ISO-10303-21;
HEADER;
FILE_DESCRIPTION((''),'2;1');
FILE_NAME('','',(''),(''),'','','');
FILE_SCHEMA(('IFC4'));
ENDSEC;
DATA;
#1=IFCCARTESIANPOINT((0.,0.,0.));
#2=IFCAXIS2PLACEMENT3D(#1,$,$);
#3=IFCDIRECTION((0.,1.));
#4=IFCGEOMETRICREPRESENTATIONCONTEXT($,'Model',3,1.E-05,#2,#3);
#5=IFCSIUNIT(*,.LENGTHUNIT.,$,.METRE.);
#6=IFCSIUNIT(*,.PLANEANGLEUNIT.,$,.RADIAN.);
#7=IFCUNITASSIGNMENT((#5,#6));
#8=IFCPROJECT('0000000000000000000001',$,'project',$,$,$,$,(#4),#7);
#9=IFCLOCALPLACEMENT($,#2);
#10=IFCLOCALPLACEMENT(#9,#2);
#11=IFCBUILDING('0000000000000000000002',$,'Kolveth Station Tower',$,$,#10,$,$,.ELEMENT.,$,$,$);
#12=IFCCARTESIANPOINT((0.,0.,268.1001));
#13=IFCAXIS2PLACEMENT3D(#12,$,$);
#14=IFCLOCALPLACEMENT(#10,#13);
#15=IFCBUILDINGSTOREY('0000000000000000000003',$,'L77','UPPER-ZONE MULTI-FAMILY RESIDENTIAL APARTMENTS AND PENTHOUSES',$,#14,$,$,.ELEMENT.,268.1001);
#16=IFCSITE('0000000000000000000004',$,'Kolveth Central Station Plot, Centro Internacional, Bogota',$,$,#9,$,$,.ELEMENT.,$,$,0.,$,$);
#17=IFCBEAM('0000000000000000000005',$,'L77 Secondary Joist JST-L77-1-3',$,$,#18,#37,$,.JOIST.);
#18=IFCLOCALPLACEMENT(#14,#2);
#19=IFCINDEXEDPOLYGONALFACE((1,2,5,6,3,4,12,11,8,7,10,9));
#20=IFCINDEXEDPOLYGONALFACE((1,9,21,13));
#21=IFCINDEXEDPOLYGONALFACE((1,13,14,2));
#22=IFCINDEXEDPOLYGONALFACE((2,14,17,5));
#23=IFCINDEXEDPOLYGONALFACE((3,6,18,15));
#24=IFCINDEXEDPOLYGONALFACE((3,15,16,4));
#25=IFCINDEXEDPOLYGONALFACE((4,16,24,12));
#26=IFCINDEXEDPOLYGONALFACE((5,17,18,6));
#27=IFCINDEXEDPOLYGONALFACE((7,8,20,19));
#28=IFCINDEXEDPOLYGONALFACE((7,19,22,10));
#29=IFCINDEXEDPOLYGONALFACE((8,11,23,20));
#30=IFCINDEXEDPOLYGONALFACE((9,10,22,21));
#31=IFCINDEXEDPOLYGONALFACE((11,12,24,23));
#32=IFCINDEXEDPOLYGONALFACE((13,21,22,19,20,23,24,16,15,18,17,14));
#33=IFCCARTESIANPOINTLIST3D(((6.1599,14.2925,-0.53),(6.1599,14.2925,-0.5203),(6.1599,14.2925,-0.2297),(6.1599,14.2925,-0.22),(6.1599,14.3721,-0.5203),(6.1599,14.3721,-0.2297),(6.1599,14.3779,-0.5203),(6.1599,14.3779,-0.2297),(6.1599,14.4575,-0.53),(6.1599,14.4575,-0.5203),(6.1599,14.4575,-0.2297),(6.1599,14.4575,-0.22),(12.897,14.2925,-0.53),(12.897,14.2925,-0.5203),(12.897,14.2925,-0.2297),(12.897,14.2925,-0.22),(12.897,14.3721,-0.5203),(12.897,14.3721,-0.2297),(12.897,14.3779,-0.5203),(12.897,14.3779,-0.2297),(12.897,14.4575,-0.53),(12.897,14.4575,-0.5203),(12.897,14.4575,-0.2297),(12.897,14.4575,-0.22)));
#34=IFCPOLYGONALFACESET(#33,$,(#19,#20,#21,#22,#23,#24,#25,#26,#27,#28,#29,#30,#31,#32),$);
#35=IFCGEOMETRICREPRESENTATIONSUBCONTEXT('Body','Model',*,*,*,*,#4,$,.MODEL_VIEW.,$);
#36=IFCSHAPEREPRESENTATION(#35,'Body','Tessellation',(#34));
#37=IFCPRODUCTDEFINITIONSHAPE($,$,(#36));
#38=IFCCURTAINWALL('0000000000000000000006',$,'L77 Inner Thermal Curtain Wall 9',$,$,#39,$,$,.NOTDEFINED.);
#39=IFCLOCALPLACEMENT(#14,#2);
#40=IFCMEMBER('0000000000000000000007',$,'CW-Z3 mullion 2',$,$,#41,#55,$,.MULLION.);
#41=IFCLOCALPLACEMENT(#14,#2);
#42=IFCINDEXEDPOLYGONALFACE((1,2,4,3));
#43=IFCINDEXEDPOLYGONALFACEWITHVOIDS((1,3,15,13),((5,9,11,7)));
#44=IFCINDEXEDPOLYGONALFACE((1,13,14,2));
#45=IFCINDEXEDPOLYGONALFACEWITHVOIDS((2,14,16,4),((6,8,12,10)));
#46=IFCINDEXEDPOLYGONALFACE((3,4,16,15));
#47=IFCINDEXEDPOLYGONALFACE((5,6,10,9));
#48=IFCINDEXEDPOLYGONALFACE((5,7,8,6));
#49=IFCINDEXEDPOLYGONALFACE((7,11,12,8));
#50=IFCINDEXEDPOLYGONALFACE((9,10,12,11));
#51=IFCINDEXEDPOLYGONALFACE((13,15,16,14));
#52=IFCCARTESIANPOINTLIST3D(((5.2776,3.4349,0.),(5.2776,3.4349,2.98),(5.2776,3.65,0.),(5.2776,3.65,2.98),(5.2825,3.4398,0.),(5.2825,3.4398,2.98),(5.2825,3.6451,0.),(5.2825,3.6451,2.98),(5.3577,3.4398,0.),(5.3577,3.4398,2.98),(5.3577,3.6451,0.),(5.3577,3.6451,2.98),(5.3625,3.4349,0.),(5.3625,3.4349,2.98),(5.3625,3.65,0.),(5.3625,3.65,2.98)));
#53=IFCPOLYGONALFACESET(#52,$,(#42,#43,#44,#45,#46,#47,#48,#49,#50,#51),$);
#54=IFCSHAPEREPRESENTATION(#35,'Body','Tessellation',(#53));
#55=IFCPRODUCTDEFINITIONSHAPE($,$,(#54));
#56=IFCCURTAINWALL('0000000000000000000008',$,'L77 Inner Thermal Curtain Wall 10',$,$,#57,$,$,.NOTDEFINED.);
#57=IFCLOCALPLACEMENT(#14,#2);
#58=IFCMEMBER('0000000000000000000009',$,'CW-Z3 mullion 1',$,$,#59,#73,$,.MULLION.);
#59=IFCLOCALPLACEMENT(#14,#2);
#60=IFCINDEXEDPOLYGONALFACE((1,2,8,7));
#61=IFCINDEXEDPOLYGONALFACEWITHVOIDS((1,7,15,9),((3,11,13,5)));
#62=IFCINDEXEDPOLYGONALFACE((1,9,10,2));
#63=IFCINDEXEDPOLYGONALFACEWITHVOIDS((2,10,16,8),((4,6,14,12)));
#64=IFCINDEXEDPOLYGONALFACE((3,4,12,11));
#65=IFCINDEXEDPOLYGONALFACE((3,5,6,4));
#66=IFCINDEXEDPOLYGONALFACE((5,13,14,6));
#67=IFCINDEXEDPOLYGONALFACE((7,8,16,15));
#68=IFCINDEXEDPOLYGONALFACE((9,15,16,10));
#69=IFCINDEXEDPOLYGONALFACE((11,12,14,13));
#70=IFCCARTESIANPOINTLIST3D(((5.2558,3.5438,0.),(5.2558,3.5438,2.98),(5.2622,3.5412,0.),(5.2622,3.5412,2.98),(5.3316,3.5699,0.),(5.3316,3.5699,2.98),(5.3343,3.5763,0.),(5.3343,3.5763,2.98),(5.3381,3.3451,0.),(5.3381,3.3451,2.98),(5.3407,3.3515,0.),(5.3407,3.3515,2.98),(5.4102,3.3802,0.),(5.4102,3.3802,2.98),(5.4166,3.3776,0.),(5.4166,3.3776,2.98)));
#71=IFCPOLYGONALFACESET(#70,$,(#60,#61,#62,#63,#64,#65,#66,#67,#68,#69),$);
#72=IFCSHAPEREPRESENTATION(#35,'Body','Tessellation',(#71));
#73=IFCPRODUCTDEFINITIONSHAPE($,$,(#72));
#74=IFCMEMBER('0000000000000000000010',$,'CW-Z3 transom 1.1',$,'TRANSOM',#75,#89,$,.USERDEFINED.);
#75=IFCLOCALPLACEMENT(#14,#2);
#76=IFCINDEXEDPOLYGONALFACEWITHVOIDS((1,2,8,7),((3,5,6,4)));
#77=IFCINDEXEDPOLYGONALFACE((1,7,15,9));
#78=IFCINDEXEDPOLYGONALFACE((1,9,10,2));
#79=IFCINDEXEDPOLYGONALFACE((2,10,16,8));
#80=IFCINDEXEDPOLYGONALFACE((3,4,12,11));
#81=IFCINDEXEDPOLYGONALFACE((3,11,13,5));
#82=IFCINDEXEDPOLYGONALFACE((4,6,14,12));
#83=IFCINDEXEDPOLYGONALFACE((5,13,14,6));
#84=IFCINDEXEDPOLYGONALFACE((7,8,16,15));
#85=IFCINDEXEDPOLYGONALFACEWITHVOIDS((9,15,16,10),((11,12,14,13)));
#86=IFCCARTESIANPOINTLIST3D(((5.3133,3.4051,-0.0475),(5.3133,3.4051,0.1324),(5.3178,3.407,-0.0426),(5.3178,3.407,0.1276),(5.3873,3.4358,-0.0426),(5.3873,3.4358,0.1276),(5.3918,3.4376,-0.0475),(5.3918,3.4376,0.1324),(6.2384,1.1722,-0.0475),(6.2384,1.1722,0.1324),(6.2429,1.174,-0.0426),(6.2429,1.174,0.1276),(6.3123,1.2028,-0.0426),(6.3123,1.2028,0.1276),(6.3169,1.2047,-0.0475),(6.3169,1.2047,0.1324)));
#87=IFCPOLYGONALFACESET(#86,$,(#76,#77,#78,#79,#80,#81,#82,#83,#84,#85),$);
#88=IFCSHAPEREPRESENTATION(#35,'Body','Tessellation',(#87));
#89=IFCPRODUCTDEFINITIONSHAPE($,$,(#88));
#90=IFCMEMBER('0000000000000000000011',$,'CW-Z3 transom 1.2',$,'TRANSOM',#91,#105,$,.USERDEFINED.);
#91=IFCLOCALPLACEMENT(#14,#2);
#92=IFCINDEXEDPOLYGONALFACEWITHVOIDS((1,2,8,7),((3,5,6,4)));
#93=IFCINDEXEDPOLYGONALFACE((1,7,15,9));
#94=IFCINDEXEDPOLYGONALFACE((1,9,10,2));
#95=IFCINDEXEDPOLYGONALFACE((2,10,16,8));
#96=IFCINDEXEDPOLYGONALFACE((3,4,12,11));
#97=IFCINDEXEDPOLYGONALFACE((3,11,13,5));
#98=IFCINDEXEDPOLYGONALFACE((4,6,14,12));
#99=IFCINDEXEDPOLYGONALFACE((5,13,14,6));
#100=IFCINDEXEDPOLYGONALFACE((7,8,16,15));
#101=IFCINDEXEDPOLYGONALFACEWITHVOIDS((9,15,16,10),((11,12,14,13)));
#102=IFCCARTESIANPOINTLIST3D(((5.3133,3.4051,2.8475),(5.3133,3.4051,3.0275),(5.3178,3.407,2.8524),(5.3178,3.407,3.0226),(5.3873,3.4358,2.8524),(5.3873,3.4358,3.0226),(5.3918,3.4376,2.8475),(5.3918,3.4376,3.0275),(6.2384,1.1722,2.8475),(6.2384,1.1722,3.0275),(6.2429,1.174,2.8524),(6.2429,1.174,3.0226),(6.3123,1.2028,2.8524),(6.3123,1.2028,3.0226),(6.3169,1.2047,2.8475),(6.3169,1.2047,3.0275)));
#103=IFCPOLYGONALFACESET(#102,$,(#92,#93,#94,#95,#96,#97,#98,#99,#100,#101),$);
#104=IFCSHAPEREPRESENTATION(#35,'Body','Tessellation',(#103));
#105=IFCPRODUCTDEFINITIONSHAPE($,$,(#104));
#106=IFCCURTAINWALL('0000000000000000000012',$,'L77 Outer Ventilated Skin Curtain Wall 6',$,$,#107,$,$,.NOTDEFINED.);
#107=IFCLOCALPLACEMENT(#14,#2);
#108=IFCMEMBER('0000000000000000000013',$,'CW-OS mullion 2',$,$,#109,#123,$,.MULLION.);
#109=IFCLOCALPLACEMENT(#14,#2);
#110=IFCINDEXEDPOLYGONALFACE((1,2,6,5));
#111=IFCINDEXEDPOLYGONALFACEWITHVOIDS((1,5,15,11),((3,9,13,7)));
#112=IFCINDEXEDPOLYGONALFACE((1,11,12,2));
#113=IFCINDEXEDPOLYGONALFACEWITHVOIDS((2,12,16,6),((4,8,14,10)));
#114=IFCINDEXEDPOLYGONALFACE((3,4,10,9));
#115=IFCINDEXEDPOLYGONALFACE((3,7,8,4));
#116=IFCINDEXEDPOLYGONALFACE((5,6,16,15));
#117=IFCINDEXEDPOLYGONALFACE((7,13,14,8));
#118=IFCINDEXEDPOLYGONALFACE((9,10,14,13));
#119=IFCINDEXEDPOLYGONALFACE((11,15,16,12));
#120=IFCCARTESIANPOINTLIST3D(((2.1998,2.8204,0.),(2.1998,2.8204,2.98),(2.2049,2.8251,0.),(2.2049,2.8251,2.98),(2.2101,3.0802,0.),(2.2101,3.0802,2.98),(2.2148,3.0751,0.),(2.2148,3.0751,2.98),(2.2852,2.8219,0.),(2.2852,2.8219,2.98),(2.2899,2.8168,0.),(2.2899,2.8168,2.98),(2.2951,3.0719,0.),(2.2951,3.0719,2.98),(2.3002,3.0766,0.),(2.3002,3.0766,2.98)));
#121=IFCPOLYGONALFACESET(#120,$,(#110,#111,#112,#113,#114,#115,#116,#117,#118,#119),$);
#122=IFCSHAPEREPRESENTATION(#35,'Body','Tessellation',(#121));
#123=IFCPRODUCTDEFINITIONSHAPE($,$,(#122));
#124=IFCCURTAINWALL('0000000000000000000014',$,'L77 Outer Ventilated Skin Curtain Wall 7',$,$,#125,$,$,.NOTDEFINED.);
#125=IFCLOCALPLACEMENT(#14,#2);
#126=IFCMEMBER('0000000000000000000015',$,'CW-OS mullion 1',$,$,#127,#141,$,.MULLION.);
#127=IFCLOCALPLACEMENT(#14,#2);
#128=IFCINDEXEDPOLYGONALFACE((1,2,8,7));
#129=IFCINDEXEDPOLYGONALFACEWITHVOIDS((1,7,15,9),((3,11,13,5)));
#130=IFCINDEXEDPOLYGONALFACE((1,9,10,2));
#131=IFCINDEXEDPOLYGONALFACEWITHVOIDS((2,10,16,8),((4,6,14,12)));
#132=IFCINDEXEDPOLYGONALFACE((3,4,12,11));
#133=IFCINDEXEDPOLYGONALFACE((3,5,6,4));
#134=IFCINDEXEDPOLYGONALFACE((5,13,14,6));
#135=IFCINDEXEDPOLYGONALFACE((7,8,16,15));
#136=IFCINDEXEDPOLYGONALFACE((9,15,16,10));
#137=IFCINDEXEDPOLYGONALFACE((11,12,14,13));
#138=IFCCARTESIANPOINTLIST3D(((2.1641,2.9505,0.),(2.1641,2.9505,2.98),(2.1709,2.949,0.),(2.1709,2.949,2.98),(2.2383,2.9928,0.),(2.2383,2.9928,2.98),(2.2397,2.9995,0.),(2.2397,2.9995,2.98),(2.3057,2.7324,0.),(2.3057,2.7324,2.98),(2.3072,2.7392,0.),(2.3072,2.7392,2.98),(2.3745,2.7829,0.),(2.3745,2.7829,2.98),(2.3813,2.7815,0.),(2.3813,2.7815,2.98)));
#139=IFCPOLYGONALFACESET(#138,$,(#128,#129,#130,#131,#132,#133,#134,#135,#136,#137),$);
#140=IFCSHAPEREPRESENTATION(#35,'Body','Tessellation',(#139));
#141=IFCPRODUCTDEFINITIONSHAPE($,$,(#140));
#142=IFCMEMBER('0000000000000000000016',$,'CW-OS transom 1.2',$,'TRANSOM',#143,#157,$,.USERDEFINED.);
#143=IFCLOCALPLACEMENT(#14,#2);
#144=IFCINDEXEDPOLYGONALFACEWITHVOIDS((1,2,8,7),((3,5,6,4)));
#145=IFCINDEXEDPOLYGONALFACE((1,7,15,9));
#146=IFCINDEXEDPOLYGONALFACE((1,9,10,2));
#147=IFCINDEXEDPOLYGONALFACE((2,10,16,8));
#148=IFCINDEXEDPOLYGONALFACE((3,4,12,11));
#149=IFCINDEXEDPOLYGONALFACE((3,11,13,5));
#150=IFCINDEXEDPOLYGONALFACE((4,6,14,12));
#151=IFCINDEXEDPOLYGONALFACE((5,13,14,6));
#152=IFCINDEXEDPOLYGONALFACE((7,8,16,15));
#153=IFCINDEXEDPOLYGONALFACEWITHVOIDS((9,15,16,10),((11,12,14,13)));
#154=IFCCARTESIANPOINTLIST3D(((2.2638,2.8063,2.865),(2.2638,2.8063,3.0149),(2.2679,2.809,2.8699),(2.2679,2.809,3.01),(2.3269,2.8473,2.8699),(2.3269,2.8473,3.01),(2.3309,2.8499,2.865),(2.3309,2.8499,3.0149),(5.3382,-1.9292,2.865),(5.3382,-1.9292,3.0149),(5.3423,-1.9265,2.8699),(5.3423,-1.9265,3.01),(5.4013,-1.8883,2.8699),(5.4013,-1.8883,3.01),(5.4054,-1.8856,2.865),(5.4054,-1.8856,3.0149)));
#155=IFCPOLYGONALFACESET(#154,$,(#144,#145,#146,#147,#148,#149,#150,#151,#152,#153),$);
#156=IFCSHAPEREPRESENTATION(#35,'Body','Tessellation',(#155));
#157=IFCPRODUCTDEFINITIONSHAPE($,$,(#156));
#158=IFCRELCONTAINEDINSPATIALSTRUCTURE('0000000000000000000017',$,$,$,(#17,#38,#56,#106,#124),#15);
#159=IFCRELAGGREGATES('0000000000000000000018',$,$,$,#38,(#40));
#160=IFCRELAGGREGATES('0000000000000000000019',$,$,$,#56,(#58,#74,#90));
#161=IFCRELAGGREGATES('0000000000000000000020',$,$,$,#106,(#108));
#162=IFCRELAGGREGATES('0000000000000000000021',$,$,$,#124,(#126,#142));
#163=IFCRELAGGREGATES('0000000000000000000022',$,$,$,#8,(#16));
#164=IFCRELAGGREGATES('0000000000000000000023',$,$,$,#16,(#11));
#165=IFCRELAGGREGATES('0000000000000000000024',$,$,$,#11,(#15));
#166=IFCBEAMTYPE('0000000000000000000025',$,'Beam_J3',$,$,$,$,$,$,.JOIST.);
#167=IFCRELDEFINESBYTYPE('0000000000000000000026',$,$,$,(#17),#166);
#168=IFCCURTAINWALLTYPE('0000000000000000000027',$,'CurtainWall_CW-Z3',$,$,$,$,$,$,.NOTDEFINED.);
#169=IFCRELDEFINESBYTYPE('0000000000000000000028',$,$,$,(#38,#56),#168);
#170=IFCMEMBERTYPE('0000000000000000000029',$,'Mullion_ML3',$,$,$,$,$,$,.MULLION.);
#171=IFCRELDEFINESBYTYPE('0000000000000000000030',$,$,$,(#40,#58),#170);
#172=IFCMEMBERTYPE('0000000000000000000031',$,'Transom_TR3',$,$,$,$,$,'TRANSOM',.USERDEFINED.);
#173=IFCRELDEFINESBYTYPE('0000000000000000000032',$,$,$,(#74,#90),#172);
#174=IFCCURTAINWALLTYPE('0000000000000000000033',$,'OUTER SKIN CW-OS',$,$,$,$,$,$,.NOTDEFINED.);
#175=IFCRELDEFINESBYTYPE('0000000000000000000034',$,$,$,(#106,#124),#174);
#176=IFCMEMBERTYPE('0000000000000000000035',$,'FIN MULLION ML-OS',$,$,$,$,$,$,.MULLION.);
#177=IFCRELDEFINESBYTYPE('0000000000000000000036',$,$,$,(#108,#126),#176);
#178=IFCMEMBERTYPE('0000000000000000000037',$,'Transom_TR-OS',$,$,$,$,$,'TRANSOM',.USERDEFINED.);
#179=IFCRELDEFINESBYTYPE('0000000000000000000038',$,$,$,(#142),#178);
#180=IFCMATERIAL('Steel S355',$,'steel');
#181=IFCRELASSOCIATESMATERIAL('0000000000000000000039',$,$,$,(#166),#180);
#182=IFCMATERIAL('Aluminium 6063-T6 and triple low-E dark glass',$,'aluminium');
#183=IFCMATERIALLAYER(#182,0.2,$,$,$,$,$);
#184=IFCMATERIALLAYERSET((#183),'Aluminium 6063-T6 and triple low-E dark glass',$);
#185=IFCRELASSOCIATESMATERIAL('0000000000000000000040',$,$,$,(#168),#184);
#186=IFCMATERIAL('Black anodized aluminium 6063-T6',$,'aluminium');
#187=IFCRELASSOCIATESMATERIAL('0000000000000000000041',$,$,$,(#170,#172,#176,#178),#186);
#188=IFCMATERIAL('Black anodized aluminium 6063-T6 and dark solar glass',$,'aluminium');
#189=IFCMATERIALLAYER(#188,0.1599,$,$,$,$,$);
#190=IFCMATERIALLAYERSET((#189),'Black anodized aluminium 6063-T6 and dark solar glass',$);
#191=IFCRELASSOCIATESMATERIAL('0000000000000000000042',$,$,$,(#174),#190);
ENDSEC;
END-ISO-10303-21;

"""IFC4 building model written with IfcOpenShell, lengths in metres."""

from ifc_helpers import new_model, si_unit, direction, frame, origin, origin_2d, place, context, subcontext, project, spatial, hollow_rectangle, i_section, extrude, source, transform, mapped, material, layer, layer_set, material_profile, profile_set, type_object, element, aggregate, save


model = new_model("IFC4")

# Units and contexts
model_context = context("Model", 3, precision=1e-05, world=origin(), true_north=direction((0.0, 1.0)))
body_context = subcontext(model_context, "Body", "Model", "MODEL_VIEW")
ifc_project = project(units=[si_unit("LENGTHUNIT", "METRE"), si_unit("PLANEANGLEUNIT", "RADIAN")], contexts=[model_context])

# Site, building, storey
site_placement = place(None, origin())
site = spatial("IfcSite", under=ifc_project, at=site_placement, Name="Kolveth Central Station Plot, Centro Internacional, Bogota", CompositionType="ELEMENT", RefElevation=0.0)
building_placement = place(site_placement, origin())
building = spatial("IfcBuilding", under=site, at=building_placement, Name="Kolveth Station Tower", CompositionType="ELEMENT")
storey_placement = place(building_placement, frame((0.0, 0.0, 268.1001)))
storey = spatial("IfcBuildingStorey", under=building, at=storey_placement, Name="L77", Description="UPPER-ZONE MULTI-FAMILY RESIDENTIAL APARTMENTS AND PENTHOUSES", CompositionType="ELEMENT", Elevation=268.1001)

# Shared definitions
ifc_material_1 = material(Name="Steel S355", Category="steel")

# Beam
ifc_material_profile_1 = material_profile(ifc_material_1, i_section(OverallWidth=0.165, OverallDepth=0.3101, WebThickness=0.0059, FlangeThickness=0.0098, at=origin_2d()), Name="W310x39")
ifc_profile_set_1 = profile_set([ifc_material_profile_1], Name="Steel S355")
beam_type_1 = type_object("IfcBeamType", Name="Beam_J3", PredefinedType="JOIST", material=ifc_profile_set_1)
shared_shape_1 = source(origin(), body_context, "Body", "SweptSolid", [
    extrude(i_section(OverallWidth=0.165, OverallDepth=0.3101, WebThickness=0.0059, FlangeThickness=0.0098, at=origin_2d()), origin(), (0.0, 0.0, 1.0), 6.7371),
])
for number, where, z_axis, x_axis, name in (
    (1, (6.1599, 14.375, -0.375), (1.0, 0.0, 0.0), (0.0, 1.0, 0.0), "L77 Secondary Joist JST-L77-1-3"),
):
    element("IfcBeam", number, at=place(storey_placement, frame(where, z_axis=z_axis, x_axis=x_axis)), inside=storey, type_object=beam_type_1, Name=name, PredefinedType="JOIST", context=body_context, shape_type="MappedRepresentation", body=[
        mapped(shared_shape_1, transform((0.0, 0.0, 0.0), x_axis=(1.0, 0.0, 0.0), y_axis=(0.0, 1.0, 0.0), z_axis=(0.0, 0.0, 1.0), scale=1.0)),
    ])

# Curtain wall, member
ifc_material_2 = material(Name="Aluminium 6063-T6 and triple low-E dark glass", Category="aluminium")
ifc_layer_1 = layer(ifc_material_2, 0.2)
ifc_layer_set_1 = layer_set([ifc_layer_1], Name="Aluminium 6063-T6 and triple low-E dark glass")
curtain_wall_type_1 = type_object("IfcCurtainWallType", Name="CurtainWall_CW-Z3", PredefinedType="NOTDEFINED", material=ifc_layer_set_1)
curtain_wall_1_placement = place(storey_placement, origin())
curtain_wall_1 = element("IfcCurtainWall", 2, at=curtain_wall_1_placement, inside=storey, type_object=curtain_wall_type_1, Name="L77 Inner Thermal Curtain Wall 9", PredefinedType="NOTDEFINED")
ifc_material_3 = material(Name="Black anodized aluminium 6063-T6", Category="aluminium")
ifc_material_profile_2 = material_profile(ifc_material_3, hollow_rectangle(XDim=0.085, YDim=0.2151, WallThickness=0.0049, at=origin_2d()), Name="ALU-85x215x5")
ifc_profile_set_2 = profile_set([ifc_material_profile_2], Name="Black anodized aluminium 6063-T6")
member_type_1 = type_object("IfcMemberType", Name="Mullion_ML3", PredefinedType="MULLION", material=ifc_profile_set_2)
shared_shape_2 = source(origin(), body_context, "Body", "SweptSolid", [
    extrude(hollow_rectangle(XDim=0.085, YDim=0.2151, WallThickness=0.0049, at=origin_2d()), origin(), (0.0, 0.0, 1.0), 2.98),
])
member_1_placement = place(storey_placement, frame((5.3201, 3.5425, 0.0), z_axis=(0.0, 0.0, 1.0), x_axis=(1.0, 0.0, 0.0)))
member_1 = element("IfcMember", 3, at=member_1_placement, type_object=member_type_1, Name="CW-Z3 mullion 2", PredefinedType="MULLION", context=body_context, shape_type="MappedRepresentation", body=[
    mapped(shared_shape_2, transform((0.0, 0.0, 0.0), x_axis=(1.0, 0.0, 0.0), y_axis=(0.0, 1.0, 0.0), z_axis=(0.0, 0.0, 1.0), scale=1.0)),
])
aggregate(curtain_wall_1, [member_1])

# Curtain wall, members
curtain_wall_2_placement = place(storey_placement, origin())
curtain_wall_2 = element("IfcCurtainWall", 4, at=curtain_wall_2_placement, inside=storey, type_object=curtain_wall_type_1, Name="L77 Inner Thermal Curtain Wall 10", PredefinedType="NOTDEFINED")
member_2_placement = place(storey_placement, frame((5.3362, 3.4607, 0.0), z_axis=(0.0, 0.0, 1.0), x_axis=(0.923875, 0.382693, 0.0)))
member_2 = element("IfcMember", 5, at=member_2_placement, type_object=member_type_1, Name="CW-Z3 mullion 1", PredefinedType="MULLION", context=body_context, shape_type="MappedRepresentation", body=[
    mapped(shared_shape_2, transform((0.0, 0.0, 0.0), x_axis=(1.0, 0.0, 0.0), y_axis=(0.0, 1.0, 0.0), z_axis=(0.0, 0.0, 1.0), scale=1.0)),
])
ifc_material_profile_3 = material_profile(ifc_material_3, hollow_rectangle(XDim=0.085, YDim=0.1799, WallThickness=0.0049, at=origin_2d()), Name="ALU-85x180x5")
ifc_profile_set_3 = profile_set([ifc_material_profile_3], Name="Black anodized aluminium 6063-T6")
member_type_2 = type_object("IfcMemberType", Name="Transom_TR3", ElementType="TRANSOM", PredefinedType="USERDEFINED", material=ifc_profile_set_3)
shared_shape_3 = source(origin(), body_context, "Body", "SweptSolid", [
    extrude(hollow_rectangle(XDim=0.085, YDim=0.1799, WallThickness=0.0049, at=origin_2d()), origin(), (0.0, 0.0, 1.0), 2.417),
])
member_3_placement = place(storey_placement, frame((5.3525, 3.4214, 0.0425), z_axis=(0.382735, -0.923858, 0.0), x_axis=(0.923858, 0.382735, 0.0)))
member_3 = element("IfcMember", 6, at=member_3_placement, type_object=member_type_2, Name="CW-Z3 transom 1.1", ObjectType="TRANSOM", PredefinedType="USERDEFINED", context=body_context, shape_type="MappedRepresentation", body=[
    mapped(shared_shape_3, transform((0.0, 0.0, 0.0), x_axis=(1.0, 0.0, 0.0), y_axis=(0.0, 1.0, 0.0), z_axis=(0.0, 0.0, 1.0), scale=1.0)),
])
member_4_placement = place(storey_placement, frame((5.3525, 3.4214, 2.9375), z_axis=(0.382735, -0.923858, 0.0), x_axis=(0.923858, 0.382735, 0.0)))
member_4 = element("IfcMember", 7, at=member_4_placement, type_object=member_type_2, Name="CW-Z3 transom 1.2", ObjectType="TRANSOM", PredefinedType="USERDEFINED", context=body_context, shape_type="MappedRepresentation", body=[
    mapped(shared_shape_3, transform((0.0, 0.0, 0.0), x_axis=(1.0, 0.0, 0.0), y_axis=(0.0, 1.0, 0.0), z_axis=(0.0, 0.0, 1.0), scale=1.0)),
])
aggregate(curtain_wall_2, [member_2, member_3, member_4])

# Curtain wall, member
ifc_material_4 = material(Name="Black anodized aluminium 6063-T6 and dark solar glass", Category="aluminium")
ifc_layer_2 = layer(ifc_material_4, 0.1599)
ifc_layer_set_2 = layer_set([ifc_layer_2], Name="Black anodized aluminium 6063-T6 and dark solar glass")
curtain_wall_type_2 = type_object("IfcCurtainWallType", Name="OUTER SKIN CW-OS", PredefinedType="NOTDEFINED", material=ifc_layer_set_2)
curtain_wall_3_placement = place(storey_placement, origin())
curtain_wall_3 = element("IfcCurtainWall", 8, at=curtain_wall_3_placement, inside=storey, type_object=curtain_wall_type_2, Name="L77 Outer Ventilated Skin Curtain Wall 6", PredefinedType="NOTDEFINED")
ifc_material_profile_4 = material_profile(ifc_material_3, hollow_rectangle(XDim=0.0901, YDim=0.26, WallThickness=0.0049, at=origin_2d()), Name="ALU-90x260x5")
ifc_profile_set_4 = profile_set([ifc_material_profile_4], Name="Black anodized aluminium 6063-T6")
member_type_3 = type_object("IfcMemberType", Name="FIN MULLION ML-OS", PredefinedType="MULLION", material=ifc_profile_set_4)
shared_shape_4 = source(origin(), body_context, "Body", "SweptSolid", [
    extrude(hollow_rectangle(XDim=0.0901, YDim=0.26, WallThickness=0.0049, at=origin_2d()), origin(), (0.0, 0.0, 1.0), 2.98),
])
member_5_placement = place(storey_placement, frame((2.25, 2.9485, 0.0), z_axis=(0.0, 0.0, 1.0), x_axis=(0.999215, -0.039623, 0.0)))
member_5 = element("IfcMember", 9, at=member_5_placement, type_object=member_type_3, Name="CW-OS mullion 2", PredefinedType="MULLION", context=body_context, shape_type="MappedRepresentation", body=[
    mapped(shared_shape_4, transform((0.0, 0.0, 0.0), x_axis=(1.0, 0.0, 0.0), y_axis=(0.0, 1.0, 0.0), z_axis=(0.0, 0.0, 1.0), scale=1.0)),
])
aggregate(curtain_wall_3, [member_5])

# Curtain wall, members
curtain_wall_4_placement = place(storey_placement, origin())
curtain_wall_4 = element("IfcCurtainWall", 10, at=curtain_wall_4_placement, inside=storey, type_object=curtain_wall_type_2, Name="L77 Outer Ventilated Skin Curtain Wall 7", PredefinedType="NOTDEFINED")
member_6_placement = place(storey_placement, frame((2.2727, 2.866, 0.0), z_axis=(0.0, 0.0, 1.0), x_axis=(0.838736, 0.544539, 0.0)))
member_6 = element("IfcMember", 11, at=member_6_placement, type_object=member_type_3, Name="CW-OS mullion 1", PredefinedType="MULLION", context=body_context, shape_type="MappedRepresentation", body=[
    mapped(shared_shape_4, transform((0.0, 0.0, 0.0), x_axis=(1.0, 0.0, 0.0), y_axis=(0.0, 1.0, 0.0), z_axis=(0.0, 0.0, 1.0), scale=1.0)),
])
ifc_material_profile_5 = material_profile(ifc_material_3, hollow_rectangle(XDim=0.0801, YDim=0.1499, WallThickness=0.0049, at=origin_2d()), Name="ALU-80x150x5")
ifc_profile_set_5 = profile_set([ifc_material_profile_5], Name="Black anodized aluminium 6063-T6")
member_type_4 = type_object("IfcMemberType", Name="Transom_TR-OS", ElementType="TRANSOM", PredefinedType="USERDEFINED", material=ifc_profile_set_5)
shared_shape_5 = source(origin(), body_context, "Body", "SweptSolid", [
    extrude(hollow_rectangle(XDim=0.0801, YDim=0.1499, WallThickness=0.0049, at=origin_2d()), origin(), (0.0, 0.0, 1.0), 5.646),
])
member_7_placement = place(storey_placement, frame((2.2974, 2.8281, 2.9399), z_axis=(0.544531, -0.838741, 0.0), x_axis=(0.838741, 0.544531, 0.0)))
member_7 = element("IfcMember", 12, at=member_7_placement, type_object=member_type_4, Name="CW-OS transom 1.2", ObjectType="TRANSOM", PredefinedType="USERDEFINED", context=body_context, shape_type="MappedRepresentation", body=[
    mapped(shared_shape_5, transform((0.0, 0.0, 0.0), x_axis=(1.0, 0.0, 0.0), y_axis=(0.0, 1.0, 0.0), z_axis=(0.0, 0.0, 1.0), scale=1.0)),
])
aggregate(curtain_wall_4, [member_6, member_7])

save(model, "model.ifc")
